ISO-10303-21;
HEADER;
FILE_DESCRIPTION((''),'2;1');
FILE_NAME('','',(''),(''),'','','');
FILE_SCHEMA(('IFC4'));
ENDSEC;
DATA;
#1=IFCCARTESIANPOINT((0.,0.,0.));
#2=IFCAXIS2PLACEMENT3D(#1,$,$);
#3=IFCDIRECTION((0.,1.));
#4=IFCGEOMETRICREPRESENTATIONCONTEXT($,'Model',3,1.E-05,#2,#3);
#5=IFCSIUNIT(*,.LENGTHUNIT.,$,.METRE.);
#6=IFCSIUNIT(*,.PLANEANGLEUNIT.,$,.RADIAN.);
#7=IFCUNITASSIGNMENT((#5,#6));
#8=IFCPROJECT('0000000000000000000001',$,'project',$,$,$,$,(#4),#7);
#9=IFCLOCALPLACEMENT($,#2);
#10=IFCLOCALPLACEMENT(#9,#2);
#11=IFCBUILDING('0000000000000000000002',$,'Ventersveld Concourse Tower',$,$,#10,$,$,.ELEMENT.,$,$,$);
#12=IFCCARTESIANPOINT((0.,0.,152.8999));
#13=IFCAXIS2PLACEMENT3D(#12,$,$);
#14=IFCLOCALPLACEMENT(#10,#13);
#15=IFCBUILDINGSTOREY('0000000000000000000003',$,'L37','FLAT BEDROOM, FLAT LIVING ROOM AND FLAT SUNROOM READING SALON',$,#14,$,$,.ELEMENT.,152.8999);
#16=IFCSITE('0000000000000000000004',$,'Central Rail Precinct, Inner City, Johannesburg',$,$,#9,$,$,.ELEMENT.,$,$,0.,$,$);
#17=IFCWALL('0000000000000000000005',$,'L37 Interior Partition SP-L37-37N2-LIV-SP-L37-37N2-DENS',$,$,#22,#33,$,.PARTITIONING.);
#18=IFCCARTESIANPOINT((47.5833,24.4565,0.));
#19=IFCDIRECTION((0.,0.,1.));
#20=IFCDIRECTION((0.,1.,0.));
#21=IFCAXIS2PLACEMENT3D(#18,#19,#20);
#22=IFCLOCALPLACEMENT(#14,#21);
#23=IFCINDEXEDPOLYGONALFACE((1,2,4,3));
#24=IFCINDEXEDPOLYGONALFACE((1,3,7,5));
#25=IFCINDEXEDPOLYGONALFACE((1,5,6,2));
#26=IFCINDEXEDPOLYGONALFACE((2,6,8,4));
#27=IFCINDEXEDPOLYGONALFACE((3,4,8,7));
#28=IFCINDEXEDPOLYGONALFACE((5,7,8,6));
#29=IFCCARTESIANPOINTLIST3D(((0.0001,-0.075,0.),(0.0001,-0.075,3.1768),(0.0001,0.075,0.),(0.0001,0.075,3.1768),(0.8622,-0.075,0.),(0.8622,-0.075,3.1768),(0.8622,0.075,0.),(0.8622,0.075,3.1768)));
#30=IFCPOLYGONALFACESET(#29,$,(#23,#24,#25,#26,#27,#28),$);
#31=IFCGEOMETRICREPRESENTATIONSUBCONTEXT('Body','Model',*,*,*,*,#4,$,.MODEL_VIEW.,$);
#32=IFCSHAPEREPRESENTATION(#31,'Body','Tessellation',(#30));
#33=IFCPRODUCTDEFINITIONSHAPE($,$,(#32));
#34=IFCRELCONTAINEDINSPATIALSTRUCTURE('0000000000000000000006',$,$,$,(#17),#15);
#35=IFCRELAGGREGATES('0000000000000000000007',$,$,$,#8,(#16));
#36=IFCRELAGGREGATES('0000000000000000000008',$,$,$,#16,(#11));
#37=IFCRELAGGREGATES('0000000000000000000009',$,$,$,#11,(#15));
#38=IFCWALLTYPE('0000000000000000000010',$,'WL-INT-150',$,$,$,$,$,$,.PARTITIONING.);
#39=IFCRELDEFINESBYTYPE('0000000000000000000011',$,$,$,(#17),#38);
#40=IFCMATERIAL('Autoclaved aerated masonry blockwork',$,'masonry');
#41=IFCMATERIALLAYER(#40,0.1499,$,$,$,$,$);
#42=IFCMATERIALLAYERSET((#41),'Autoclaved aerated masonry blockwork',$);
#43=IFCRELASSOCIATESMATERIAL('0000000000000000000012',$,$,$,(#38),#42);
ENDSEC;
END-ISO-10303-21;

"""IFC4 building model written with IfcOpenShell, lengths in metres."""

from ifc_helpers import new_model, si_unit, direction, frame, frame_2d, origin, place, context, subcontext, project, spatial, rectangle, extrude, material, layer, layer_set, type_object, element, save


model = new_model("IFC4")

# Units and contexts
model_context = context("Model", 3, precision=1e-05, world=origin(), true_north=direction((0.0, 1.0)))
body_context = subcontext(model_context, "Body", "Model", "MODEL_VIEW")
ifc_project = project(units=[si_unit("LENGTHUNIT", "METRE"), si_unit("PLANEANGLEUNIT", "RADIAN")], contexts=[model_context])

# Site, building, storey
site_placement = place(None, origin())
site = spatial("IfcSite", under=ifc_project, at=site_placement, Name="Central Rail Precinct, Inner City, Johannesburg", CompositionType="ELEMENT", RefElevation=0.0)
building_placement = place(site_placement, origin())
building = spatial("IfcBuilding", under=site, at=building_placement, Name="Ventersveld Concourse Tower", CompositionType="ELEMENT")
storey_placement = place(building_placement, frame((0.0, 0.0, 152.8999)))
storey = spatial("IfcBuildingStorey", under=building, at=storey_placement, Name="L37", Description="FLAT BEDROOM, FLAT LIVING ROOM AND FLAT SUNROOM READING SALON", CompositionType="ELEMENT", Elevation=152.8999)

# Shared definitions
ifc_material_1 = material(Name="Autoclaved aerated masonry blockwork", Category="masonry")
ifc_layer_1 = layer(ifc_material_1, 0.1499)
ifc_layer_set_1 = layer_set([ifc_layer_1], Name="Autoclaved aerated masonry blockwork")
wall_type_1 = type_object("IfcWallType", Name="WL-INT-150", PredefinedType="PARTITIONING", material=ifc_layer_set_1)

# Wall
wall_1_placement = place(storey_placement, frame((47.5833, 24.4565, 0.0), z_axis=(0.0, 0.0, 1.0), x_axis=(0.0, 1.0, 0.0)))
element("IfcWall", 1, at=wall_1_placement, inside=storey, type_object=wall_type_1, Name="L37 Interior Partition SP-L37-37N2-LIV-SP-L37-37N2-DENS", PredefinedType="PARTITIONING", context=body_context, shape_type="SweptSolid", body=[
    extrude(rectangle(XDim=0.8621, YDim=0.1499, at=frame_2d((0.4312, 0.0))), origin(), (0.0, 0.0, 1.0), 3.1768),
])

save(model, "model.ifc")
